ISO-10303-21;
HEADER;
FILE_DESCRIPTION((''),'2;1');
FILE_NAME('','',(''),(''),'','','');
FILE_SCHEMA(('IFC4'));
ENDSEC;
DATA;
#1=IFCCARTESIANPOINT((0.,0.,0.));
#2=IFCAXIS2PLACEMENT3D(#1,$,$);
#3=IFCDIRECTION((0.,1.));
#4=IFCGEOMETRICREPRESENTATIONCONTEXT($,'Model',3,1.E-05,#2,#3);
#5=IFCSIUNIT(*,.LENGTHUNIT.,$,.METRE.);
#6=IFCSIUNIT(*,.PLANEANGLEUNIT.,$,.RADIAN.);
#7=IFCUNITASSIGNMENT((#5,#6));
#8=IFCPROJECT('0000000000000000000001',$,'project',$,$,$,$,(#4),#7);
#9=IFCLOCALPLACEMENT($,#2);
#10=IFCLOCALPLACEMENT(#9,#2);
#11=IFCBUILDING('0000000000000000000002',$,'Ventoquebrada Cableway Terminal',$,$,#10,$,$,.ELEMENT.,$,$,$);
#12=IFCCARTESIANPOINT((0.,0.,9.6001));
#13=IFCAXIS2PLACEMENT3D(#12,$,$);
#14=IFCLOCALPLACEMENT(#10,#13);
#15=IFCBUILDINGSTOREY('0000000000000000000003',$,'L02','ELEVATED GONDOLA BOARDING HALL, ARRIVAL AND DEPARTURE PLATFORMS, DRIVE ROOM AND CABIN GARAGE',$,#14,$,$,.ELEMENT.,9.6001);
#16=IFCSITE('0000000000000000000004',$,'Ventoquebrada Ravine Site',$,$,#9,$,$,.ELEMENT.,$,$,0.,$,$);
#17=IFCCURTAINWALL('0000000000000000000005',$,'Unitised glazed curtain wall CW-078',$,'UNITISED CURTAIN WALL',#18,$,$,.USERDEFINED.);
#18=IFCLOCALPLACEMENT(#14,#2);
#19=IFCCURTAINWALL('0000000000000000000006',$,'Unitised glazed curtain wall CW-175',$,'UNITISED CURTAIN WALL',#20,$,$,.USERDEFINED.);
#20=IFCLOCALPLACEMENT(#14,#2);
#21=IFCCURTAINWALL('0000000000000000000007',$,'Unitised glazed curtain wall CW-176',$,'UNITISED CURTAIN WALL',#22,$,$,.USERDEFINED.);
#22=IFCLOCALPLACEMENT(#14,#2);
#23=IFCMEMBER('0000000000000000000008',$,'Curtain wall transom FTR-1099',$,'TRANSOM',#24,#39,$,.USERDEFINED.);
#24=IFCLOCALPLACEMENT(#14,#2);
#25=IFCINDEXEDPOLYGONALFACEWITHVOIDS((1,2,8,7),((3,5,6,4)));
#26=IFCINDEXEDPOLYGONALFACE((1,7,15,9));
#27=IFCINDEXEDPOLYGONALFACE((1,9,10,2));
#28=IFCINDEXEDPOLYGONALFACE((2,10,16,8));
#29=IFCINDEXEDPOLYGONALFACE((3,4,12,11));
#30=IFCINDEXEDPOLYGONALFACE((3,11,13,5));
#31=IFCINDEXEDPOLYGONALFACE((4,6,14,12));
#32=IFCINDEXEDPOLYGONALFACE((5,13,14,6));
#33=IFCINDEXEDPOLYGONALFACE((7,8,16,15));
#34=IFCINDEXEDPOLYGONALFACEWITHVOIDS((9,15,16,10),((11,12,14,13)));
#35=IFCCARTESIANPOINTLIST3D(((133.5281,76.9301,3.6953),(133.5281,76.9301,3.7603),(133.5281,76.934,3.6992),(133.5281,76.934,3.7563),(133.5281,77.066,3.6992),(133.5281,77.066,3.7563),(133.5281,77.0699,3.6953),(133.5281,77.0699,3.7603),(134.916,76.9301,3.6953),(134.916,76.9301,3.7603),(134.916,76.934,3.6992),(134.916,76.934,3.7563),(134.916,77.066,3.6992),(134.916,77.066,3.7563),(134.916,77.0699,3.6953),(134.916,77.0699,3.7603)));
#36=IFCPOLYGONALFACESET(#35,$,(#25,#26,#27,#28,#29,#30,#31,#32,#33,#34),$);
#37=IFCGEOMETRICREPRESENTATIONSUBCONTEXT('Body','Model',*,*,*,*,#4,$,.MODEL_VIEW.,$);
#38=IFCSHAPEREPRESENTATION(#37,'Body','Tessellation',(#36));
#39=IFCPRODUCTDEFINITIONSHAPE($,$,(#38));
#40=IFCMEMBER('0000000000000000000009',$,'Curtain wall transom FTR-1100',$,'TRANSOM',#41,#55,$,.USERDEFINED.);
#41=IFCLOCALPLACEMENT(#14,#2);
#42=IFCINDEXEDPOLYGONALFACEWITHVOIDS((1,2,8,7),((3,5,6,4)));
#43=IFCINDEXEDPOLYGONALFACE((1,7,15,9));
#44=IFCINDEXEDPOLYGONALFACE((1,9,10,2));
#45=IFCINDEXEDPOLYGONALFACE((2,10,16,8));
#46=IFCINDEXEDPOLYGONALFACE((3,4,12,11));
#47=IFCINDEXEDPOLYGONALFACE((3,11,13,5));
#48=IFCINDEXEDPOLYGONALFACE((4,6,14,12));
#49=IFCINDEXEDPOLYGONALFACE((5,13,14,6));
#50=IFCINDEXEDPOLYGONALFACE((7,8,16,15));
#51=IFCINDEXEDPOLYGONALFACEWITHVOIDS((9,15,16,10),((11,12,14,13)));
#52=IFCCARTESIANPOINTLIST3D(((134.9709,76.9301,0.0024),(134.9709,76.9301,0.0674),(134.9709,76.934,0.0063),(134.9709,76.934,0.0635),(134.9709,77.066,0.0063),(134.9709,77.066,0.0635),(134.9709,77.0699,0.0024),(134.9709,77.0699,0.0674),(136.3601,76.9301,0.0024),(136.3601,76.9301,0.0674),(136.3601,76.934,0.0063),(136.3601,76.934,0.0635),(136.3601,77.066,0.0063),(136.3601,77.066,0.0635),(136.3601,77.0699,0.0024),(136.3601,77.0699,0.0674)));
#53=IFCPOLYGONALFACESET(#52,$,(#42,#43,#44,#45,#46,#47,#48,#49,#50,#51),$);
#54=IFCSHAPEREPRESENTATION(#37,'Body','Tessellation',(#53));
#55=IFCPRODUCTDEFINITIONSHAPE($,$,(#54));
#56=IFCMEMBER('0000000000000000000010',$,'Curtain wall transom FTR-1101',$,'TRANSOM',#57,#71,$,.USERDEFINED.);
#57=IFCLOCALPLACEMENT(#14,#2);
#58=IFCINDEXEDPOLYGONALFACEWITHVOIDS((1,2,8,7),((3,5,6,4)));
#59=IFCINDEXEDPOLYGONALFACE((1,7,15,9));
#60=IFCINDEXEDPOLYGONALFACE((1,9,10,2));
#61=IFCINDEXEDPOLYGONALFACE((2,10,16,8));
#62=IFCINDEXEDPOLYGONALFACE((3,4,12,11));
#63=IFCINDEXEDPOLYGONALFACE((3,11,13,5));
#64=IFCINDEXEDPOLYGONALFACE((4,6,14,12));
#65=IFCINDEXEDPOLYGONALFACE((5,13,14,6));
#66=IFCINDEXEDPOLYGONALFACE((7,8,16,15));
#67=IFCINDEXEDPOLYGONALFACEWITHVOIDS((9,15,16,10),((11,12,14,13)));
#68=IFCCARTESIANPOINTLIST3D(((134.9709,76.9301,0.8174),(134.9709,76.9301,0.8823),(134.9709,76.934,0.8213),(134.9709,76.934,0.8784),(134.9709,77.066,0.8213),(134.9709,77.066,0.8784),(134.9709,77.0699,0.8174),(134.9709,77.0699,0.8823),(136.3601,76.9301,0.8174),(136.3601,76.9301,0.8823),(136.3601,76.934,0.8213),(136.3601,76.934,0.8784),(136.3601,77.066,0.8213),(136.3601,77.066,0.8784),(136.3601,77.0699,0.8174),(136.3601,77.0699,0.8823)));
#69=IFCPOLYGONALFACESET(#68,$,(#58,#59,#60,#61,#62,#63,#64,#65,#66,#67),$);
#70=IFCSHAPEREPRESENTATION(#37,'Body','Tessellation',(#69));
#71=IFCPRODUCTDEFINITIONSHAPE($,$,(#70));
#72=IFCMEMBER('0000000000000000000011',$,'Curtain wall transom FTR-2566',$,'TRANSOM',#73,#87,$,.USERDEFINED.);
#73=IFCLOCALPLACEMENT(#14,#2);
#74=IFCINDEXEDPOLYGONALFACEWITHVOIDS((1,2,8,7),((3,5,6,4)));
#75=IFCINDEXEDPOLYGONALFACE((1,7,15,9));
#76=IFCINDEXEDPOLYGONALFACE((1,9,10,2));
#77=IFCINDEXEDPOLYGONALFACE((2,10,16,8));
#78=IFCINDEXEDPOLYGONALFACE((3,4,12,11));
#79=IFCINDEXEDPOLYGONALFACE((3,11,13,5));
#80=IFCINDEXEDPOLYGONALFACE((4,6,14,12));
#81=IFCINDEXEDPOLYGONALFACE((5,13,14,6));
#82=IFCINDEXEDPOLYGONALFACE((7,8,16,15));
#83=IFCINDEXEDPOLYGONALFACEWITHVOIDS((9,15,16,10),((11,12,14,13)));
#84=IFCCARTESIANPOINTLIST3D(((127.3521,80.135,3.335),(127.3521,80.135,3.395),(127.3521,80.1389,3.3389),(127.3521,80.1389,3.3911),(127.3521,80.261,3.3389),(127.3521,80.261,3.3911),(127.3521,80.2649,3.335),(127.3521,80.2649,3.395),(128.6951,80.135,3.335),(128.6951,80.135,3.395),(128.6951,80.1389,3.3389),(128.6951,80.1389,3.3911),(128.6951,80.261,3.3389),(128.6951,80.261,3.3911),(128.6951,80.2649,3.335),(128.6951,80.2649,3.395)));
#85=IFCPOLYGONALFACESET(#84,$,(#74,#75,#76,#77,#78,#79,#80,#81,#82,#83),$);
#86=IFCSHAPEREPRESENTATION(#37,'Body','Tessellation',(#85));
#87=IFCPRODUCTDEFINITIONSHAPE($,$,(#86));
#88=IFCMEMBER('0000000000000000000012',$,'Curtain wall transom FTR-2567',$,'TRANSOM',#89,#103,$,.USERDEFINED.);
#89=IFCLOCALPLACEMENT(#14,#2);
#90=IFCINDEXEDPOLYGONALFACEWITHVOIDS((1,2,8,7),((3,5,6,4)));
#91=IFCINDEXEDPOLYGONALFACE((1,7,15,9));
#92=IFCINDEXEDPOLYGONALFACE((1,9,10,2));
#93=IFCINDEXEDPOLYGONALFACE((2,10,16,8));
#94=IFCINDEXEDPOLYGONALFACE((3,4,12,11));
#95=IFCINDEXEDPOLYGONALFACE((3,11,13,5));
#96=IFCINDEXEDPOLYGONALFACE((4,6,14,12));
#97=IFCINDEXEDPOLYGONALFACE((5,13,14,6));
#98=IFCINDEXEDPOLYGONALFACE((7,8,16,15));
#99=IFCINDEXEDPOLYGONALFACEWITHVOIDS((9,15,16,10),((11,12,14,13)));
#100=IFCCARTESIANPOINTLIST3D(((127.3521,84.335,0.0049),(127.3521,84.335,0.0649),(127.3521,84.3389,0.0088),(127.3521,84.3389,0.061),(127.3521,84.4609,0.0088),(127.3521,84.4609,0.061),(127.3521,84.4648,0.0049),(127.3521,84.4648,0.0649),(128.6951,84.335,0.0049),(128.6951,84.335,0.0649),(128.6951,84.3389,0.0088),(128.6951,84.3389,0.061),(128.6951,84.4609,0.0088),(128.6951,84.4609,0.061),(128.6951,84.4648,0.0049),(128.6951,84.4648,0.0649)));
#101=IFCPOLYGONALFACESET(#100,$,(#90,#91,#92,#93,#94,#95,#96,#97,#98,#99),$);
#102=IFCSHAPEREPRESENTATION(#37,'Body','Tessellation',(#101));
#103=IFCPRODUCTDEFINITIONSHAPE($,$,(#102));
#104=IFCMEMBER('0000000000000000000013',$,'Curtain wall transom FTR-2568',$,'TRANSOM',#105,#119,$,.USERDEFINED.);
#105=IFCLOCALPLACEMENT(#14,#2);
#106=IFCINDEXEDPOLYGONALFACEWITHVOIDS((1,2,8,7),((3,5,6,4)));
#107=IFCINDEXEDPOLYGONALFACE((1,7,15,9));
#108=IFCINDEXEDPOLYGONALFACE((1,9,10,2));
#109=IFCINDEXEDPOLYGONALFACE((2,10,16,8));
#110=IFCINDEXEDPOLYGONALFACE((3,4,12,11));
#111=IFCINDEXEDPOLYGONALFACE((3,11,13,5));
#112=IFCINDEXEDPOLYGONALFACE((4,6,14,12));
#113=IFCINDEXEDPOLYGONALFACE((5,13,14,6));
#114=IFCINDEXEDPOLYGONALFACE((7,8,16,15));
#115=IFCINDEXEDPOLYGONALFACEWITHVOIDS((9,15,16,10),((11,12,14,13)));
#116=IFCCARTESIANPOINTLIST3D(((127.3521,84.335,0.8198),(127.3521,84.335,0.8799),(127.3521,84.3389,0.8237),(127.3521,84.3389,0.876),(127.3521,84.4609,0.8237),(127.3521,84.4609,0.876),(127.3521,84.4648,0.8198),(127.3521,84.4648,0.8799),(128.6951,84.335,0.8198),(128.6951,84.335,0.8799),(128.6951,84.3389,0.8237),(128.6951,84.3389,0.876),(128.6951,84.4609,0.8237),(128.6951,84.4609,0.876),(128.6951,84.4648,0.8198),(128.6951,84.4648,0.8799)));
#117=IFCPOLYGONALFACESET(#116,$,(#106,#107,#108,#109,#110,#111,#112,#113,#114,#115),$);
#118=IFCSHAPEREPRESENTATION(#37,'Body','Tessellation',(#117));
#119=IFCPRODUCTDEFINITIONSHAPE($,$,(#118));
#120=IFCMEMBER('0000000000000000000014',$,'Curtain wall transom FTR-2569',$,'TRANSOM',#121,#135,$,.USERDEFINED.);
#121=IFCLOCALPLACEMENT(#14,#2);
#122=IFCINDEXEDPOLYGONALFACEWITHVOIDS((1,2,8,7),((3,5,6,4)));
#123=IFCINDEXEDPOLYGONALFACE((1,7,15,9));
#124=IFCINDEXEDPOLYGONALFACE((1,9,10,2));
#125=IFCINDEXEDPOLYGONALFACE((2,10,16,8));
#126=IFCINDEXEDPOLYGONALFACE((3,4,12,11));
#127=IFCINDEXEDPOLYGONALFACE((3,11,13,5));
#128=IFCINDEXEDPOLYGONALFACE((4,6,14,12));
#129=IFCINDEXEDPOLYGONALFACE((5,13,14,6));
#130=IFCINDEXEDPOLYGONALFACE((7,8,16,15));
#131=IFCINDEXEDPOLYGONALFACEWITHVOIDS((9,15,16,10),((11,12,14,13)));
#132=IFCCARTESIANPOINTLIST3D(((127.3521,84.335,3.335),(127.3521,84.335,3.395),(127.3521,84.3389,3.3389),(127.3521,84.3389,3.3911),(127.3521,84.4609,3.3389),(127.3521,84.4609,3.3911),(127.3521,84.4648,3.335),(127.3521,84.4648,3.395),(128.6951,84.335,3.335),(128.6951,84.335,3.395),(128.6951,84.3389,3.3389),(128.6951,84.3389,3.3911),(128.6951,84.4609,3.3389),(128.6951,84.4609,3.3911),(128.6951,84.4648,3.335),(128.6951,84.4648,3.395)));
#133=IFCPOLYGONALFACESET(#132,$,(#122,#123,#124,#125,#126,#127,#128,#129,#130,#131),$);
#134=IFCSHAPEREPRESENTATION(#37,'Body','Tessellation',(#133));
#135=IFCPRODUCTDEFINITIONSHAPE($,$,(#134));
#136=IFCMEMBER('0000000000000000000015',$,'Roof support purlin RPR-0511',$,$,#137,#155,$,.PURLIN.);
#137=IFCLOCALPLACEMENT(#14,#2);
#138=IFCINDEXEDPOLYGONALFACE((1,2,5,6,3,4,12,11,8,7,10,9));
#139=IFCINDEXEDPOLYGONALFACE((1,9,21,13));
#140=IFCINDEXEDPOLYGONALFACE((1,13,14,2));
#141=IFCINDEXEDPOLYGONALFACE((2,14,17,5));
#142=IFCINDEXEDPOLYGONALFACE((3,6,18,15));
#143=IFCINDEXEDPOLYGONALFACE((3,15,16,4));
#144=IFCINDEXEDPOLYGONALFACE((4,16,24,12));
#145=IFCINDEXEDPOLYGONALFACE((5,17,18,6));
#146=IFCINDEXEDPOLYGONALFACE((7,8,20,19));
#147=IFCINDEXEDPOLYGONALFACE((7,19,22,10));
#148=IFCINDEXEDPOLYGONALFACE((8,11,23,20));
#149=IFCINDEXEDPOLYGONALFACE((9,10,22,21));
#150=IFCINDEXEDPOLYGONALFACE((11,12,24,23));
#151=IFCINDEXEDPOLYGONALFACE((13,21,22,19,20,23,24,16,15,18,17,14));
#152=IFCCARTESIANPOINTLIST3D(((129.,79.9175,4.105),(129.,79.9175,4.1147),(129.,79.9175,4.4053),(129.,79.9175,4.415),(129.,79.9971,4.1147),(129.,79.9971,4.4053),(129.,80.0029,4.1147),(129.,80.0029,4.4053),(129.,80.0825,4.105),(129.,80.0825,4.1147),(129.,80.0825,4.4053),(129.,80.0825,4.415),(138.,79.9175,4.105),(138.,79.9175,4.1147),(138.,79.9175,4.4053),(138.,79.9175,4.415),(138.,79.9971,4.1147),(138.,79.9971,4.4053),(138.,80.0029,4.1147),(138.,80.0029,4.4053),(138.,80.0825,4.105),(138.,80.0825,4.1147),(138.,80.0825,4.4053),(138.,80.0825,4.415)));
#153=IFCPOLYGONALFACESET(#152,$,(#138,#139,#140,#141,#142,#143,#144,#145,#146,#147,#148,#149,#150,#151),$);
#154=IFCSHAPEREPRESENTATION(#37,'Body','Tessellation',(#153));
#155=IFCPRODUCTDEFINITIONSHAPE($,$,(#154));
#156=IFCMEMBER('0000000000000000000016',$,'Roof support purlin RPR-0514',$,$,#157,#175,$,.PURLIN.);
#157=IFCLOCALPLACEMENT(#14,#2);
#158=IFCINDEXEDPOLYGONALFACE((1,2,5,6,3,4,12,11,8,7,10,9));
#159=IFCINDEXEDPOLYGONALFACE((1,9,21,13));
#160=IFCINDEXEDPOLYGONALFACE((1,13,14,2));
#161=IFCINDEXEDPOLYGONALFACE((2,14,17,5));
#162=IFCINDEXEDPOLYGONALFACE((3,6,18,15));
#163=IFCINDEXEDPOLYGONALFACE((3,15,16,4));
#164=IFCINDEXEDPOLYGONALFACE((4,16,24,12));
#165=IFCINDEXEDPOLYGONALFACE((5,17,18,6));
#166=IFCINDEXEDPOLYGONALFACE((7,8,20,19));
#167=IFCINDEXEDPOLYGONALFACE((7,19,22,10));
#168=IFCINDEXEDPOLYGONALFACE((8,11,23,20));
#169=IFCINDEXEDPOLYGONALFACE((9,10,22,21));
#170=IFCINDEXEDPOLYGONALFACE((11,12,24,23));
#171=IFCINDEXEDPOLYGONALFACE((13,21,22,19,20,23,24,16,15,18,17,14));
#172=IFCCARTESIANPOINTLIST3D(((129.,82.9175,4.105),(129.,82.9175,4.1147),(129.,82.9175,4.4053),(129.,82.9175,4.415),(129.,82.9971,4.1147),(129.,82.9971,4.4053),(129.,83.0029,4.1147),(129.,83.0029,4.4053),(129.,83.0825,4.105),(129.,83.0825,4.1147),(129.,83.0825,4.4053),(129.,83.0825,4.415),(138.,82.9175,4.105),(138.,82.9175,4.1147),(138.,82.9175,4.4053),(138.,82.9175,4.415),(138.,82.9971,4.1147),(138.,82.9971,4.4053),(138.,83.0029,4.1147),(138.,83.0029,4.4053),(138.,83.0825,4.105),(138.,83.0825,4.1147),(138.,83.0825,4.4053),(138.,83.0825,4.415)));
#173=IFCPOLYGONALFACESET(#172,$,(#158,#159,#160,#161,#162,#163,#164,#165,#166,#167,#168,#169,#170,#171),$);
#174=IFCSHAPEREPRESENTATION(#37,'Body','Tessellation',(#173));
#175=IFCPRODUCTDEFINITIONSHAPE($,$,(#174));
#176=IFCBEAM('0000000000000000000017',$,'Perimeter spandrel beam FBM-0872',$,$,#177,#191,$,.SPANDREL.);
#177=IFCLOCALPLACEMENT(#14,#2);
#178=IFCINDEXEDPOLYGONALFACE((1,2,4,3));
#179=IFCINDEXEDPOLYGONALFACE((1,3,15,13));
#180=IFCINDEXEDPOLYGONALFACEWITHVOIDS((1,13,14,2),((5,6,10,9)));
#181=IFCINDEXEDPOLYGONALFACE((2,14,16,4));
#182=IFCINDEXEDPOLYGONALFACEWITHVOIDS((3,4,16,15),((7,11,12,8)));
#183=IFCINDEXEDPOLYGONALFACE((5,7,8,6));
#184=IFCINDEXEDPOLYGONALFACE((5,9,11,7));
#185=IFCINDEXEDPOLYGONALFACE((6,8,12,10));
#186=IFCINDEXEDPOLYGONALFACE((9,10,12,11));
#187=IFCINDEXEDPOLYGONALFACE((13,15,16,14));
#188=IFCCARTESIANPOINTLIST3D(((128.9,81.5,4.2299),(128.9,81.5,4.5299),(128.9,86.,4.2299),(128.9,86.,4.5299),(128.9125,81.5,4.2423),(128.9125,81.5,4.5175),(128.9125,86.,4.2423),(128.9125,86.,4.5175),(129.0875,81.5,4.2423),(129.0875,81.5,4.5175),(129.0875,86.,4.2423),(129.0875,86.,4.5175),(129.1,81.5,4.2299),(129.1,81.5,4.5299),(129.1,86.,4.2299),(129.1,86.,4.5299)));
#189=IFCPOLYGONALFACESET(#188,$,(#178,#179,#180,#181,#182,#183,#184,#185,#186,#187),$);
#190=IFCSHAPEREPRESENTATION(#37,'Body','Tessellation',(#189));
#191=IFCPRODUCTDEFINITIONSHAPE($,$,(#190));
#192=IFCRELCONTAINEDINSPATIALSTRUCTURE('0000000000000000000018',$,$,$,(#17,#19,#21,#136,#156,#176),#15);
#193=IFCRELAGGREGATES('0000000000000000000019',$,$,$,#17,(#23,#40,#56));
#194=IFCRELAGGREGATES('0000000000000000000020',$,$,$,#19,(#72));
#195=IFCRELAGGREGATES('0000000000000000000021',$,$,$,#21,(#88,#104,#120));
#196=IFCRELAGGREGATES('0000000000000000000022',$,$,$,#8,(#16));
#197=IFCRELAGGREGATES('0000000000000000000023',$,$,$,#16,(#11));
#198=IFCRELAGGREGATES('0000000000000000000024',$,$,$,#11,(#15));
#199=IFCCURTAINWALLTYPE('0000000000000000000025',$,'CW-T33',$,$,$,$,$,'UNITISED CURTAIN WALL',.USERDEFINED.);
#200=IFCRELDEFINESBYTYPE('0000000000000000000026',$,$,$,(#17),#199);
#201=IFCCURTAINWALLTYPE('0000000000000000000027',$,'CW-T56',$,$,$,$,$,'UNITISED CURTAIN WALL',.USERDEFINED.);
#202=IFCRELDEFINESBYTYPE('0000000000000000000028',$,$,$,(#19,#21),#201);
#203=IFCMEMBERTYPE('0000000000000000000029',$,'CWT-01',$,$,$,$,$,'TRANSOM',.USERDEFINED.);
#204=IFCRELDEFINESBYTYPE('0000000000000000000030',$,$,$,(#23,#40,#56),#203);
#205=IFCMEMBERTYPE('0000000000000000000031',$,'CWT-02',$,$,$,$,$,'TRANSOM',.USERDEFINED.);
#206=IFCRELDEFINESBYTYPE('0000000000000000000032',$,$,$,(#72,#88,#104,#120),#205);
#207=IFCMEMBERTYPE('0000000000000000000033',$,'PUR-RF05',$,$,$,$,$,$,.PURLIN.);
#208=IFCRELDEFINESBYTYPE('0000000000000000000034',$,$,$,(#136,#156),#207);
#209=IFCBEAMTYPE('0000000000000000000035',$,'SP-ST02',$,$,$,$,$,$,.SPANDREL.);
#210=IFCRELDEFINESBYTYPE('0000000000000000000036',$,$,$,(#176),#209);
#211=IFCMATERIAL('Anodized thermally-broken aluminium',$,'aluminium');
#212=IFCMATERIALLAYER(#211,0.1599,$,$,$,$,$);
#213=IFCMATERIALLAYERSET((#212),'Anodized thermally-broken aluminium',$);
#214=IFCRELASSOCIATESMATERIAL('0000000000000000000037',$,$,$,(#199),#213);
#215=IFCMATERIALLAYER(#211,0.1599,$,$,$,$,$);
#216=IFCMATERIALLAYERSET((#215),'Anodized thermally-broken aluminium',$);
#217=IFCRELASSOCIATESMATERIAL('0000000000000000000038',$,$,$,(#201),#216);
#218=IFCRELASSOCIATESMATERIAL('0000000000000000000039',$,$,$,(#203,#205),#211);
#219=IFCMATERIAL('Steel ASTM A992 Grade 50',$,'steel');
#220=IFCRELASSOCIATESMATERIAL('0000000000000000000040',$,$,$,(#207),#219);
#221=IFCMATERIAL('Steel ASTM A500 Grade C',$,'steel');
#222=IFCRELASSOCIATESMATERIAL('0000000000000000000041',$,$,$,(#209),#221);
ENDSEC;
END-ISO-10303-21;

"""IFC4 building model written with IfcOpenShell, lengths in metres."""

from ifc_helpers import new_model, si_unit, direction, frame, origin, origin_2d, place, context, subcontext, project, spatial, hollow_rectangle, i_section, extrude, material, layer, layer_set, material_profile, profile_set, type_object, element, aggregate, save


model = new_model("IFC4")

# Units and contexts
model_context = context("Model", 3, precision=1e-05, world=origin(), true_north=direction((0.0, 1.0)))
body_context = subcontext(model_context, "Body", "Model", "MODEL_VIEW")
ifc_project = project(units=[si_unit("LENGTHUNIT", "METRE"), si_unit("PLANEANGLEUNIT", "RADIAN")], contexts=[model_context])

# Site, building, storey
site_placement = place(None, origin())
site = spatial("IfcSite", under=ifc_project, at=site_placement, Name="Ventoquebrada Ravine Site", CompositionType="ELEMENT", RefElevation=0.0)
building_placement = place(site_placement, origin())
building = spatial("IfcBuilding", under=site, at=building_placement, Name="Ventoquebrada Cableway Terminal", CompositionType="ELEMENT")
storey_placement = place(building_placement, frame((0.0, 0.0, 9.6001)))
storey = spatial("IfcBuildingStorey", under=building, at=storey_placement, Name="L02", Description="ELEVATED GONDOLA BOARDING HALL, ARRIVAL AND DEPARTURE PLATFORMS, DRIVE ROOM AND CABIN GARAGE", CompositionType="ELEMENT", Elevation=9.6001)

# Shared definitions
ifc_material_1 = material(Name="Steel ASTM A992 Grade 50", Category="steel")

# Shared definitions
ifc_material_2 = material(Name="Steel ASTM A500 Grade C", Category="steel")

# Curtain walls
ifc_material_3 = material(Name="Anodized thermally-broken aluminium", Category="aluminium")
ifc_layer_1 = layer(ifc_material_3, 0.1599)
ifc_layer_set_1 = layer_set([ifc_layer_1], Name="Anodized thermally-broken aluminium")
curtain_wall_type_1 = type_object("IfcCurtainWallType", Name="CW-T33", ElementType="UNITISED CURTAIN WALL", PredefinedType="USERDEFINED", material=ifc_layer_set_1)
curtain_wall_1_placement = place(storey_placement, origin())
curtain_wall_1 = element("IfcCurtainWall", 1, at=curtain_wall_1_placement, inside=storey, type_object=curtain_wall_type_1, Name="Unitised glazed curtain wall CW-078", ObjectType="UNITISED CURTAIN WALL", PredefinedType="USERDEFINED")
ifc_layer_2 = layer(ifc_material_3, 0.1599)
ifc_layer_set_2 = layer_set([ifc_layer_2], Name="Anodized thermally-broken aluminium")
curtain_wall_type_2 = type_object("IfcCurtainWallType", Name="CW-T56", ElementType="UNITISED CURTAIN WALL", PredefinedType="USERDEFINED", material=ifc_layer_set_2)
curtain_wall_2_placement = place(storey_placement, origin())
curtain_wall_2 = element("IfcCurtainWall", 2, at=curtain_wall_2_placement, inside=storey, type_object=curtain_wall_type_2, Name="Unitised glazed curtain wall CW-175", ObjectType="UNITISED CURTAIN WALL", PredefinedType="USERDEFINED")
curtain_wall_3_placement = place(storey_placement, origin())
curtain_wall_3 = element("IfcCurtainWall", 3, at=curtain_wall_3_placement, inside=storey, type_object=curtain_wall_type_2, Name="Unitised glazed curtain wall CW-176", ObjectType="UNITISED CURTAIN WALL", PredefinedType="USERDEFINED")

# Members
ifc_material_profile_1 = material_profile(ifc_material_3, hollow_rectangle(XDim=0.0649, YDim=0.1399, WallThickness=0.0039, at=origin_2d()), Name="CW-TRN-65X140")
ifc_profile_set_1 = profile_set([ifc_material_profile_1], Name="Anodized thermally-broken aluminium")
member_type_1 = type_object("IfcMemberType", Name="CWT-01", ElementType="TRANSOM", PredefinedType="USERDEFINED", material=ifc_profile_set_1)
member_1_placement = place(storey_placement, frame((133.5281, 77.0, 3.7278), z_axis=(1.0, 0.0, 0.0), x_axis=(0.0, 0.0, 1.0)))
member_1 = element("IfcMember", 4, at=member_1_placement, type_object=member_type_1, Name="Curtain wall transom FTR-1099", ObjectType="TRANSOM", PredefinedType="USERDEFINED", context=body_context, shape_type="SweptSolid", body=[
    extrude(hollow_rectangle(XDim=0.0649, YDim=0.1399, WallThickness=0.0039, at=origin_2d()), origin(), (0.0, 0.0, 1.0), 1.3879),
])
member_2_placement = place(storey_placement, frame((134.9709, 77.0, 0.0349), z_axis=(1.0, 0.0, 0.0), x_axis=(0.0, 0.0, 1.0)))
member_2 = element("IfcMember", 5, at=member_2_placement, type_object=member_type_1, Name="Curtain wall transom FTR-1100", ObjectType="TRANSOM", PredefinedType="USERDEFINED", context=body_context, shape_type="SweptSolid", body=[
    extrude(hollow_rectangle(XDim=0.0649, YDim=0.1399, WallThickness=0.0039, at=origin_2d()), origin(), (0.0, 0.0, 1.0), 1.3892),
])
member_3_placement = place(storey_placement, frame((134.9709, 77.0, 0.8499), z_axis=(1.0, 0.0, 0.0), x_axis=(0.0, 0.0, 1.0)))
member_3 = element("IfcMember", 6, at=member_3_placement, type_object=member_type_1, Name="Curtain wall transom FTR-1101", ObjectType="TRANSOM", PredefinedType="USERDEFINED", context=body_context, shape_type="SweptSolid", body=[
    extrude(hollow_rectangle(XDim=0.0649, YDim=0.1399, WallThickness=0.0039, at=origin_2d()), origin(), (0.0, 0.0, 1.0), 1.3892),
])
ifc_material_profile_2 = material_profile(ifc_material_3, hollow_rectangle(XDim=0.0601, YDim=0.1299, WallThickness=0.0039, at=origin_2d()), Name="CW-TRN-60X130")
ifc_profile_set_2 = profile_set([ifc_material_profile_2], Name="Anodized thermally-broken aluminium")
member_type_2 = type_object("IfcMemberType", Name="CWT-02", ElementType="TRANSOM", PredefinedType="USERDEFINED", material=ifc_profile_set_2)
member_4_placement = place(storey_placement, frame((127.3521, 80.2, 3.365), z_axis=(1.0, 0.0, 0.0), x_axis=(0.0, 0.0, 1.0)))
member_4 = element("IfcMember", 7, at=member_4_placement, type_object=member_type_2, Name="Curtain wall transom FTR-2566", ObjectType="TRANSOM", PredefinedType="USERDEFINED", context=body_context, shape_type="SweptSolid", body=[
    extrude(hollow_rectangle(XDim=0.0601, YDim=0.1299, WallThickness=0.0039, at=origin_2d()), origin(), (0.0, 0.0, 1.0), 1.343),
])
member_5_placement = place(storey_placement, frame((128.6951, 84.3999, 0.0349), z_axis=(-1.0, 0.0, 0.0), x_axis=(0.0, 0.0, 1.0)))
member_5 = element("IfcMember", 8, at=member_5_placement, type_object=member_type_2, Name="Curtain wall transom FTR-2567", ObjectType="TRANSOM", PredefinedType="USERDEFINED", context=body_context, shape_type="SweptSolid", body=[
    extrude(hollow_rectangle(XDim=0.0601, YDim=0.1299, WallThickness=0.0039, at=origin_2d()), origin(), (0.0, 0.0, 1.0), 1.343),
])
member_6_placement = place(storey_placement, frame((128.6951, 84.3999, 0.8499), z_axis=(-1.0, 0.0, 0.0), x_axis=(0.0, 0.0, 1.0)))
member_6 = element("IfcMember", 9, at=member_6_placement, type_object=member_type_2, Name="Curtain wall transom FTR-2568", ObjectType="TRANSOM", PredefinedType="USERDEFINED", context=body_context, shape_type="SweptSolid", body=[
    extrude(hollow_rectangle(XDim=0.0601, YDim=0.1299, WallThickness=0.0039, at=origin_2d()), origin(), (0.0, 0.0, 1.0), 1.343),
])
member_7_placement = place(storey_placement, frame((128.6951, 84.3999, 3.365), z_axis=(-1.0, 0.0, 0.0), x_axis=(0.0, 0.0, 1.0)))
member_7 = element("IfcMember", 10, at=member_7_placement, type_object=member_type_2, Name="Curtain wall transom FTR-2569", ObjectType="TRANSOM", PredefinedType="USERDEFINED", context=body_context, shape_type="SweptSolid", body=[
    extrude(hollow_rectangle(XDim=0.0601, YDim=0.1299, WallThickness=0.0039, at=origin_2d()), origin(), (0.0, 0.0, 1.0), 1.343),
])

# Members
ifc_material_profile_3 = material_profile(ifc_material_1, i_section(OverallWidth=0.165, OverallDepth=0.3101, WebThickness=0.0059, FlangeThickness=0.0098, at=origin_2d()), Name="W12X26")
ifc_profile_set_3 = profile_set([ifc_material_profile_3], Name="Steel ASTM A992 Grade 50")
member_type_3 = type_object("IfcMemberType", Name="PUR-RF05", PredefinedType="PURLIN", material=ifc_profile_set_3)
for number, where, z_axis, x_axis, name in (
    (11, (129.0, 80.0, 4.26), (1.0, 0.0, 0.0), (0.0, 1.0, 0.0), "Roof support purlin RPR-0511"),
    (12, (129.0, 83.0, 4.26), (1.0, 0.0, 0.0), (0.0, 1.0, 0.0), "Roof support purlin RPR-0514"),
):
    element("IfcMember", number, at=place(storey_placement, frame(where, z_axis=z_axis, x_axis=x_axis)), inside=storey, type_object=member_type_3, Name=name, PredefinedType="PURLIN", context=body_context, shape_type="SweptSolid", body=[
        extrude(i_section(OverallWidth=0.165, OverallDepth=0.3101, WebThickness=0.0059, FlangeThickness=0.0098, at=origin_2d()), origin(), (0.0, 0.0, 1.0), 9.0),
    ])

# Beam
ifc_material_profile_4 = material_profile(ifc_material_2, hollow_rectangle(XDim=0.2, YDim=0.3, WallThickness=0.0125, at=origin_2d()), Name="RHS300X200X12.5")
ifc_profile_set_4 = profile_set([ifc_material_profile_4], Name="Steel ASTM A500 Grade C")
beam_type_1 = type_object("IfcBeamType", Name="SP-ST02", PredefinedType="SPANDREL", material=ifc_profile_set_4)
for number, where, z_axis, x_axis, name in (
    (13, (129.0, 81.5, 4.3799), (0.0, 1.0, 0.0), (-1.0, 0.0, 0.0), "Perimeter spandrel beam FBM-0872"),
):
    element("IfcBeam", number, at=place(storey_placement, frame(where, z_axis=z_axis, x_axis=x_axis)), inside=storey, type_object=beam_type_1, Name=name, PredefinedType="SPANDREL", context=body_context, shape_type="SweptSolid", body=[
        extrude(hollow_rectangle(XDim=0.2, YDim=0.3, WallThickness=0.0125, at=origin_2d()), origin(), (0.0, 0.0, 1.0), 4.5),
    ])

aggregate(curtain_wall_1, [member_1, member_2, member_3])
aggregate(curtain_wall_2, [member_4])
aggregate(curtain_wall_3, [member_5, member_6, member_7])

save(model, "model.ifc")
